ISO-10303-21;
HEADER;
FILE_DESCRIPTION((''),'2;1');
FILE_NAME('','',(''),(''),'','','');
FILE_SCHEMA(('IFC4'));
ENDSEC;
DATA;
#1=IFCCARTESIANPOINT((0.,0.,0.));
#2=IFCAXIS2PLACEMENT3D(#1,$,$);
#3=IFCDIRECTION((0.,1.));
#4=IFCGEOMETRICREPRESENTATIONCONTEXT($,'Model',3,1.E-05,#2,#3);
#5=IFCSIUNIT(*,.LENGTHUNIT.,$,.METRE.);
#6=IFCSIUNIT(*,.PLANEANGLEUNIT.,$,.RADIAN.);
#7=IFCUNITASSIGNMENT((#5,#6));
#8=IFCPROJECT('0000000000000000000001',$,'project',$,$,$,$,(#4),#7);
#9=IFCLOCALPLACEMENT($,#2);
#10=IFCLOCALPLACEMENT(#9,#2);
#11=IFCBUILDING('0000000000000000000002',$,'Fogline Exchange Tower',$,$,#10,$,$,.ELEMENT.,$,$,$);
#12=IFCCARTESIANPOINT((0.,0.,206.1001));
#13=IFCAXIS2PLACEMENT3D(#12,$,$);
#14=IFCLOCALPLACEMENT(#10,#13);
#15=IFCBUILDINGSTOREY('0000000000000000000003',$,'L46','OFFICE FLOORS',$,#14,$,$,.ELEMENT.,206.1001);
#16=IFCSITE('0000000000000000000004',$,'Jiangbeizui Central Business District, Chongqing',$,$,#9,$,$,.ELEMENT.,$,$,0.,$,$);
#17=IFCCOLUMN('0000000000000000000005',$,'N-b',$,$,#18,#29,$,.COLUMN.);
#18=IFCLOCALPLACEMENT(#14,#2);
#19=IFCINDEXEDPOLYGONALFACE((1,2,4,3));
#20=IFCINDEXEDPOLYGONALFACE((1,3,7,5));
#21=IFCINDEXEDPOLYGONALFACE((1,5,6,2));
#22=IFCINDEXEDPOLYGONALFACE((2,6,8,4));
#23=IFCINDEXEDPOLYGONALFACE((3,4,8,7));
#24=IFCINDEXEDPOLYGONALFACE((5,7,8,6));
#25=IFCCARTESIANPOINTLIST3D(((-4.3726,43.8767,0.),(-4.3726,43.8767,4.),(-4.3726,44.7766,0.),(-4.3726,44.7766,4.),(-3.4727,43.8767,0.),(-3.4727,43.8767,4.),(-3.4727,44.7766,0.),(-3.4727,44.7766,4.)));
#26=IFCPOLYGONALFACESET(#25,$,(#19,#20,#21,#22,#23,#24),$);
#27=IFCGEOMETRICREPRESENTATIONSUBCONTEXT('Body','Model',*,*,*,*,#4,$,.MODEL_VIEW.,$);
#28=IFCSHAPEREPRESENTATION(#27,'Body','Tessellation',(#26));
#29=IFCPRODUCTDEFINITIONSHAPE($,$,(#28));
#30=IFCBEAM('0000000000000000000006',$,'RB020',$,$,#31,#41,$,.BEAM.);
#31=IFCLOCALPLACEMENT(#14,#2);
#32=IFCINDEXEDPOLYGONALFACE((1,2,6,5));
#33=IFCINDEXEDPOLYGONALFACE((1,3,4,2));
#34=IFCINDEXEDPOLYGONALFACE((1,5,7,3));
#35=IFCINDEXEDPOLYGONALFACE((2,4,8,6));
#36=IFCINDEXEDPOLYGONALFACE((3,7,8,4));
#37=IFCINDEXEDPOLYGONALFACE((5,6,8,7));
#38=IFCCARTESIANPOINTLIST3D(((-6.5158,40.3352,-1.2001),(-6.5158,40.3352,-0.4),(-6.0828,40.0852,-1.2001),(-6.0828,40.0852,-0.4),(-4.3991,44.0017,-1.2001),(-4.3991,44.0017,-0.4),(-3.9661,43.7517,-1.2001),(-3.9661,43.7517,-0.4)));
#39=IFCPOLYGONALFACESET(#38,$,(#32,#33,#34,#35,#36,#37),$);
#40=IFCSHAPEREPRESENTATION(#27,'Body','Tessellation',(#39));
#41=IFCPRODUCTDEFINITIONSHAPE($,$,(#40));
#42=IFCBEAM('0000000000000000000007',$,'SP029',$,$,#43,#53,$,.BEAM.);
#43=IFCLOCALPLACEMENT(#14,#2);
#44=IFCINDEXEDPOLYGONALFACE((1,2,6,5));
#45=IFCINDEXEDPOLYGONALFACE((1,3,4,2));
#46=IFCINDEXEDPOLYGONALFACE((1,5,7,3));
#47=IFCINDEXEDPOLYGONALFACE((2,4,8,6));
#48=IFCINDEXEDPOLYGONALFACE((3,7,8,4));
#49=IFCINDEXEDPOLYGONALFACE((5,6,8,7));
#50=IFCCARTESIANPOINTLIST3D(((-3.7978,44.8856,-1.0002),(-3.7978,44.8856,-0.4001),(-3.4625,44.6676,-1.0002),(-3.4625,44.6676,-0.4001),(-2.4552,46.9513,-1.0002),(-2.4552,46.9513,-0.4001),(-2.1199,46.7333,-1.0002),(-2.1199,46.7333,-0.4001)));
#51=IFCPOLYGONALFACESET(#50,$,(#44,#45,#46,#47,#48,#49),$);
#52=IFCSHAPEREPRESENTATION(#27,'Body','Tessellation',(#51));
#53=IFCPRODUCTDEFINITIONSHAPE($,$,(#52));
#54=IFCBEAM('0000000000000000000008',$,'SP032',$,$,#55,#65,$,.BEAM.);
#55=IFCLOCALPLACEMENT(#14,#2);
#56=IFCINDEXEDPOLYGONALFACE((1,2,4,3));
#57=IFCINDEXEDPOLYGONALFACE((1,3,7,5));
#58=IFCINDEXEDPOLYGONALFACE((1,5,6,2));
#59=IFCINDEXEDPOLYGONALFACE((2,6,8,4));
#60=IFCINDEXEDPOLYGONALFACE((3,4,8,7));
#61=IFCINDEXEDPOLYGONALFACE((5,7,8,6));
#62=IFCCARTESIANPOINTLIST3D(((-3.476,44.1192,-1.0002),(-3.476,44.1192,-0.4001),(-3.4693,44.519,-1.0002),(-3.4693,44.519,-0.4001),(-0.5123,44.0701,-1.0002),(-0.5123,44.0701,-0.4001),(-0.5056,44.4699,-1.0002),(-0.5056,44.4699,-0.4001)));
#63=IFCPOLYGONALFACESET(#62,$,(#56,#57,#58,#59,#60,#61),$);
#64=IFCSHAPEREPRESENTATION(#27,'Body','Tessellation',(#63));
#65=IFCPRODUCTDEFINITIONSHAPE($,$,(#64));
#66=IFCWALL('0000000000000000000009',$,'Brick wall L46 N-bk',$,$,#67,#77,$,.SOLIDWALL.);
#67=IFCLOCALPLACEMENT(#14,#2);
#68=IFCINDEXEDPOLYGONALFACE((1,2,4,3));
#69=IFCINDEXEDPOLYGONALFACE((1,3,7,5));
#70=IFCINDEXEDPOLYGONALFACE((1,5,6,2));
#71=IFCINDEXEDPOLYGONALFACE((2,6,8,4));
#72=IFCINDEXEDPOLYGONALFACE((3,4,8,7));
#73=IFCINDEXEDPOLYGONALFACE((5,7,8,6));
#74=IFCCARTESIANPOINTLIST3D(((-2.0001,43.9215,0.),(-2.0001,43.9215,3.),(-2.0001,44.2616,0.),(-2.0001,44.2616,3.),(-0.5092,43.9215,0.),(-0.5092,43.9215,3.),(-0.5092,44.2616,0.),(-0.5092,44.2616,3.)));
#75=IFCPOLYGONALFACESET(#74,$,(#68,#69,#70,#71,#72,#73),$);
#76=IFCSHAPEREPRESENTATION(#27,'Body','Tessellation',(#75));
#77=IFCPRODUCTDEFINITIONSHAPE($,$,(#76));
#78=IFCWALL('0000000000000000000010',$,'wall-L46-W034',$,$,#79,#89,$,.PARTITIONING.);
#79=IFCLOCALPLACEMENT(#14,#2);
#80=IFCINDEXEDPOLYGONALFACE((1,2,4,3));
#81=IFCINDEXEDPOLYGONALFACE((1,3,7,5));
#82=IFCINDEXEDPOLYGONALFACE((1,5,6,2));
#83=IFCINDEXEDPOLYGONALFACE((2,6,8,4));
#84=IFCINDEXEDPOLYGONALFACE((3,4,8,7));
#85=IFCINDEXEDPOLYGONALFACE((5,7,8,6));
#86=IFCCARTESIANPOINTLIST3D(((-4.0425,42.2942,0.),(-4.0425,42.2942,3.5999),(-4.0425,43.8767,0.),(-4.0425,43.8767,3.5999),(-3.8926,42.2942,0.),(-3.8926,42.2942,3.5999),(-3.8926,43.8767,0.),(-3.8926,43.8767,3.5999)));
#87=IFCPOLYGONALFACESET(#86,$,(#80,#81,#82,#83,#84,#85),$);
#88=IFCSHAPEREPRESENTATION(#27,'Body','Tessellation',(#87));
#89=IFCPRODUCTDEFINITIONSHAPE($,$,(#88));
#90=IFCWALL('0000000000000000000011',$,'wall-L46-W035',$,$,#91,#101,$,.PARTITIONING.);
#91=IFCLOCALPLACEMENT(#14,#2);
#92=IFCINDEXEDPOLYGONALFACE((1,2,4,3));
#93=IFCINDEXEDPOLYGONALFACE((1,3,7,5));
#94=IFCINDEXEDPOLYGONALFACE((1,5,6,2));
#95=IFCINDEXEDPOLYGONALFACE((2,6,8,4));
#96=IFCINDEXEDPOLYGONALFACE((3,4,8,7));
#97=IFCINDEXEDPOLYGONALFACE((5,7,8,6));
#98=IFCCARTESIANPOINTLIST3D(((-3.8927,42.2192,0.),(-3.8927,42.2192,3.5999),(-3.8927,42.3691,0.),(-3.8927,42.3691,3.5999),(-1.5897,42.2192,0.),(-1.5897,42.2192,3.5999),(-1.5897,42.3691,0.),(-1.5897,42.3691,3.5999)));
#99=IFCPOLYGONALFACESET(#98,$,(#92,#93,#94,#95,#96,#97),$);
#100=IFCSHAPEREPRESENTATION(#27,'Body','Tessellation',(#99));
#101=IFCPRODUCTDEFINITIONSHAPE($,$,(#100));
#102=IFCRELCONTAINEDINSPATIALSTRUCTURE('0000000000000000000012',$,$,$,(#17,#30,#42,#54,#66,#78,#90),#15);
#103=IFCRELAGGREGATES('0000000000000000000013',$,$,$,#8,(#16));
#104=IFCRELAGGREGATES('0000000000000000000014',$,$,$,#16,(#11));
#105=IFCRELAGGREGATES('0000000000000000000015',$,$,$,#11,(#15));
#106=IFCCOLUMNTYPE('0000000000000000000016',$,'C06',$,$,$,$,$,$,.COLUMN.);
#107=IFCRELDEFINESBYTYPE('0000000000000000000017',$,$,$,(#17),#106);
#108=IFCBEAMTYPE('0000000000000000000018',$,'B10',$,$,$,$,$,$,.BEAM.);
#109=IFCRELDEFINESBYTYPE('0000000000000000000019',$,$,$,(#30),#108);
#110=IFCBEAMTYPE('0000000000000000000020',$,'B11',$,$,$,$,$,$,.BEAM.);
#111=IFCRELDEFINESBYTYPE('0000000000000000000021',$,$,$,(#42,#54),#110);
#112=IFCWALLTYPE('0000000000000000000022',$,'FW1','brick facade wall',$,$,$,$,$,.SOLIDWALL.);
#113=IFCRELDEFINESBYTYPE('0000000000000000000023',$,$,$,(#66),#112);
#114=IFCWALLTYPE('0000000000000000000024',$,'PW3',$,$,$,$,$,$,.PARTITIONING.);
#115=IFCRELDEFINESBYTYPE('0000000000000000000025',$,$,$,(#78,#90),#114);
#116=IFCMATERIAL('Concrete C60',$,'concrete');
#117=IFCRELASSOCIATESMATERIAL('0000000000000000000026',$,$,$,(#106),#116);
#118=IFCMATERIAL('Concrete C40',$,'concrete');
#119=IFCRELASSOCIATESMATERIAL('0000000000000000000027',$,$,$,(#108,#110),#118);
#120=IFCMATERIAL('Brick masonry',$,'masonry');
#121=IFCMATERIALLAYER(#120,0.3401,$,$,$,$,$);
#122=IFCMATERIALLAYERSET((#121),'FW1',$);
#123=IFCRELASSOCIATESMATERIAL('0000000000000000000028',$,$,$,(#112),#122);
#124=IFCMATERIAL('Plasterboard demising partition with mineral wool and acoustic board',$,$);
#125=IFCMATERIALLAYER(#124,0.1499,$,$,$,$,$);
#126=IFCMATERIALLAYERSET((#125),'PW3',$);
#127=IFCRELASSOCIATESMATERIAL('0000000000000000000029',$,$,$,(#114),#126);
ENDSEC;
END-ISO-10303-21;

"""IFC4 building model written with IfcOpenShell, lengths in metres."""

from ifc_helpers import new_model, si_unit, direction, frame, frame_2d, origin, origin_2d, place, context, subcontext, project, spatial, rectangle, extrude, material, layer, layer_set, material_profile, profile_set, type_object, element, save


model = new_model("IFC4")

# Units and contexts
model_context = context("Model", 3, precision=1e-05, world=origin(), true_north=direction((0.0, 1.0)))
body_context = subcontext(model_context, "Body", "Model", "MODEL_VIEW")
ifc_project = project(units=[si_unit("LENGTHUNIT", "METRE"), si_unit("PLANEANGLEUNIT", "RADIAN")], contexts=[model_context])

# Site, building, storey
site_placement = place(None, origin())
site = spatial("IfcSite", under=ifc_project, at=site_placement, Name="Jiangbeizui Central Business District, Chongqing", CompositionType="ELEMENT", RefElevation=0.0)
building_placement = place(site_placement, origin())
building = spatial("IfcBuilding", under=site, at=building_placement, Name="Fogline Exchange Tower", CompositionType="ELEMENT")
storey_placement = place(building_placement, frame((0.0, 0.0, 206.1001)))
storey = spatial("IfcBuildingStorey", under=building, at=storey_placement, Name="L46", Description="OFFICE FLOORS", CompositionType="ELEMENT", Elevation=206.1001)

# Column
ifc_material_1 = material(Name="Concrete C60", Category="concrete")
ifc_material_profile_1 = material_profile(ifc_material_1, rectangle(XDim=0.8999, YDim=0.8999, at=origin_2d()), Name="RC 900x900")
ifc_profile_set_1 = profile_set([ifc_material_profile_1], Name="Concrete C60")
column_type = type_object("IfcColumnType", Name="C06", PredefinedType="COLUMN", material=ifc_profile_set_1)
column_placement = place(storey_placement, frame((-3.9226, 44.3267, 0.0), z_axis=(0.0, 0.0, 1.0), x_axis=(1.0, 0.0, 0.0)))
element("IfcColumn", 1, at=column_placement, inside=storey, type_object=column_type, Name="N-b", PredefinedType="COLUMN", context=body_context, shape_type="SweptSolid", body=[
    extrude(rectangle(XDim=0.8999, YDim=0.8999, at=origin_2d()), origin(), (0.0, 0.0, 1.0), 4.0),
])

# Beams
ifc_material_2 = material(Name="Concrete C40", Category="concrete")
ifc_material_profile_2 = material_profile(ifc_material_2, rectangle(XDim=0.5, YDim=0.8, at=origin_2d()), Name="RC 500x800")
ifc_profile_set_2 = profile_set([ifc_material_profile_2], Name="Concrete C40")
beam_type_1 = type_object("IfcBeamType", Name="B10", PredefinedType="BEAM", material=ifc_profile_set_2)
beam_1_placement = place(storey_placement, frame((-4.1826, 43.8767, -0.8), z_axis=(-0.499972, -0.866042, 0.0), x_axis=(0.866042, -0.499972, 0.0)))
element("IfcBeam", 2, at=beam_1_placement, inside=storey, type_object=beam_type_1, Name="RB020", PredefinedType="BEAM", context=body_context, shape_type="SweptSolid", body=[
    extrude(rectangle(XDim=0.5, YDim=0.8, at=origin_2d()), origin(), (0.0, 0.0, 1.0), 4.2336),
])
ifc_material_profile_3 = material_profile(ifc_material_2, rectangle(XDim=0.3999, YDim=0.6001, at=origin_2d()), Name="RC 400x600")
ifc_profile_set_3 = profile_set([ifc_material_profile_3], Name="Concrete C40")
beam_type_2 = type_object("IfcBeamType", Name="B11", PredefinedType="BEAM", material=ifc_profile_set_3)
beam_2_placement = place(storey_placement, frame((-3.6301, 44.7766, -0.7002), z_axis=(0.544943, 0.838473, 0.0), x_axis=(-0.838473, 0.544943, 0.0)))
element("IfcBeam", 3, at=beam_2_placement, inside=storey, type_object=beam_type_2, Name="SP029", PredefinedType="BEAM", context=body_context, shape_type="SweptSolid", body=[
    extrude(rectangle(XDim=0.3999, YDim=0.6001, at=origin_2d()), origin(), (0.0, 0.0, 1.0), 2.4636),
])
beam_3_placement = place(storey_placement, frame((-3.4727, 44.3191, -0.7002), z_axis=(0.999863, -0.016556, 0.0), x_axis=(0.016556, 0.999863, 0.0)))
element("IfcBeam", 4, at=beam_3_placement, inside=storey, type_object=beam_type_2, Name="SP032", PredefinedType="BEAM", context=body_context, shape_type="SweptSolid", body=[
    extrude(rectangle(XDim=0.3999, YDim=0.6001, at=origin_2d()), origin(), (0.0, 0.0, 1.0), 2.9641),
])

# Wall
ifc_material_3 = material(Name="Brick masonry", Category="masonry")
ifc_layer_1 = layer(ifc_material_3, 0.3401)
ifc_layer_set_1 = layer_set([ifc_layer_1], Name="FW1")
wall_type_1 = type_object("IfcWallType", Name="FW1", Description="brick facade wall", PredefinedType="SOLIDWALL", material=ifc_layer_set_1)
wall_1_placement = place(storey_placement, frame((-0.509, 44.0916, 0.0), z_axis=(0.0, 0.0, 1.0), x_axis=(-1.0, 0.0, 0.0)))
element("IfcWall", 5, at=wall_1_placement, inside=storey, type_object=wall_type_1, Name="Brick wall L46 N-bk", PredefinedType="SOLIDWALL", context=body_context, shape_type="SweptSolid", body=[
    extrude(rectangle(XDim=1.491, YDim=0.3401, at=frame_2d((0.7456, 0.0))), origin(), (0.0, 0.0, 1.0), 3.0),
])

# Walls
ifc_material_4 = material(Name="Plasterboard demising partition with mineral wool and acoustic board")
ifc_layer_2 = layer(ifc_material_4, 0.1499)
ifc_layer_set_2 = layer_set([ifc_layer_2], Name="PW3")
wall_type_2 = type_object("IfcWallType", Name="PW3", PredefinedType="PARTITIONING", material=ifc_layer_set_2)
wall_2_placement = place(storey_placement, frame((-3.9675, 43.8767, 0.0), z_axis=(0.0, 0.0, 1.0), x_axis=(0.0, -1.0, 0.0)))
element("IfcWall", 6, at=wall_2_placement, inside=storey, type_object=wall_type_2, Name="wall-L46-W034", PredefinedType="PARTITIONING", context=body_context, shape_type="SweptSolid", body=[
    extrude(rectangle(XDim=1.5825, YDim=0.1499, at=frame_2d((0.7913, 0.0))), origin(), (0.0, 0.0, 1.0), 3.5999),
])
wall_3_placement = place(storey_placement, frame((-3.8926, 42.2942, 0.0), z_axis=(0.0, 0.0, 1.0), x_axis=(1.0, 0.0, 0.0)))
element("IfcWall", 7, at=wall_3_placement, inside=storey, type_object=wall_type_2, Name="wall-L46-W035", PredefinedType="PARTITIONING", context=body_context, shape_type="SweptSolid", body=[
    extrude(rectangle(XDim=2.303, YDim=0.1499, at=frame_2d((1.1514, 0.0))), origin(), (0.0, 0.0, 1.0), 3.5999),
])

save(model, "model.ifc")
